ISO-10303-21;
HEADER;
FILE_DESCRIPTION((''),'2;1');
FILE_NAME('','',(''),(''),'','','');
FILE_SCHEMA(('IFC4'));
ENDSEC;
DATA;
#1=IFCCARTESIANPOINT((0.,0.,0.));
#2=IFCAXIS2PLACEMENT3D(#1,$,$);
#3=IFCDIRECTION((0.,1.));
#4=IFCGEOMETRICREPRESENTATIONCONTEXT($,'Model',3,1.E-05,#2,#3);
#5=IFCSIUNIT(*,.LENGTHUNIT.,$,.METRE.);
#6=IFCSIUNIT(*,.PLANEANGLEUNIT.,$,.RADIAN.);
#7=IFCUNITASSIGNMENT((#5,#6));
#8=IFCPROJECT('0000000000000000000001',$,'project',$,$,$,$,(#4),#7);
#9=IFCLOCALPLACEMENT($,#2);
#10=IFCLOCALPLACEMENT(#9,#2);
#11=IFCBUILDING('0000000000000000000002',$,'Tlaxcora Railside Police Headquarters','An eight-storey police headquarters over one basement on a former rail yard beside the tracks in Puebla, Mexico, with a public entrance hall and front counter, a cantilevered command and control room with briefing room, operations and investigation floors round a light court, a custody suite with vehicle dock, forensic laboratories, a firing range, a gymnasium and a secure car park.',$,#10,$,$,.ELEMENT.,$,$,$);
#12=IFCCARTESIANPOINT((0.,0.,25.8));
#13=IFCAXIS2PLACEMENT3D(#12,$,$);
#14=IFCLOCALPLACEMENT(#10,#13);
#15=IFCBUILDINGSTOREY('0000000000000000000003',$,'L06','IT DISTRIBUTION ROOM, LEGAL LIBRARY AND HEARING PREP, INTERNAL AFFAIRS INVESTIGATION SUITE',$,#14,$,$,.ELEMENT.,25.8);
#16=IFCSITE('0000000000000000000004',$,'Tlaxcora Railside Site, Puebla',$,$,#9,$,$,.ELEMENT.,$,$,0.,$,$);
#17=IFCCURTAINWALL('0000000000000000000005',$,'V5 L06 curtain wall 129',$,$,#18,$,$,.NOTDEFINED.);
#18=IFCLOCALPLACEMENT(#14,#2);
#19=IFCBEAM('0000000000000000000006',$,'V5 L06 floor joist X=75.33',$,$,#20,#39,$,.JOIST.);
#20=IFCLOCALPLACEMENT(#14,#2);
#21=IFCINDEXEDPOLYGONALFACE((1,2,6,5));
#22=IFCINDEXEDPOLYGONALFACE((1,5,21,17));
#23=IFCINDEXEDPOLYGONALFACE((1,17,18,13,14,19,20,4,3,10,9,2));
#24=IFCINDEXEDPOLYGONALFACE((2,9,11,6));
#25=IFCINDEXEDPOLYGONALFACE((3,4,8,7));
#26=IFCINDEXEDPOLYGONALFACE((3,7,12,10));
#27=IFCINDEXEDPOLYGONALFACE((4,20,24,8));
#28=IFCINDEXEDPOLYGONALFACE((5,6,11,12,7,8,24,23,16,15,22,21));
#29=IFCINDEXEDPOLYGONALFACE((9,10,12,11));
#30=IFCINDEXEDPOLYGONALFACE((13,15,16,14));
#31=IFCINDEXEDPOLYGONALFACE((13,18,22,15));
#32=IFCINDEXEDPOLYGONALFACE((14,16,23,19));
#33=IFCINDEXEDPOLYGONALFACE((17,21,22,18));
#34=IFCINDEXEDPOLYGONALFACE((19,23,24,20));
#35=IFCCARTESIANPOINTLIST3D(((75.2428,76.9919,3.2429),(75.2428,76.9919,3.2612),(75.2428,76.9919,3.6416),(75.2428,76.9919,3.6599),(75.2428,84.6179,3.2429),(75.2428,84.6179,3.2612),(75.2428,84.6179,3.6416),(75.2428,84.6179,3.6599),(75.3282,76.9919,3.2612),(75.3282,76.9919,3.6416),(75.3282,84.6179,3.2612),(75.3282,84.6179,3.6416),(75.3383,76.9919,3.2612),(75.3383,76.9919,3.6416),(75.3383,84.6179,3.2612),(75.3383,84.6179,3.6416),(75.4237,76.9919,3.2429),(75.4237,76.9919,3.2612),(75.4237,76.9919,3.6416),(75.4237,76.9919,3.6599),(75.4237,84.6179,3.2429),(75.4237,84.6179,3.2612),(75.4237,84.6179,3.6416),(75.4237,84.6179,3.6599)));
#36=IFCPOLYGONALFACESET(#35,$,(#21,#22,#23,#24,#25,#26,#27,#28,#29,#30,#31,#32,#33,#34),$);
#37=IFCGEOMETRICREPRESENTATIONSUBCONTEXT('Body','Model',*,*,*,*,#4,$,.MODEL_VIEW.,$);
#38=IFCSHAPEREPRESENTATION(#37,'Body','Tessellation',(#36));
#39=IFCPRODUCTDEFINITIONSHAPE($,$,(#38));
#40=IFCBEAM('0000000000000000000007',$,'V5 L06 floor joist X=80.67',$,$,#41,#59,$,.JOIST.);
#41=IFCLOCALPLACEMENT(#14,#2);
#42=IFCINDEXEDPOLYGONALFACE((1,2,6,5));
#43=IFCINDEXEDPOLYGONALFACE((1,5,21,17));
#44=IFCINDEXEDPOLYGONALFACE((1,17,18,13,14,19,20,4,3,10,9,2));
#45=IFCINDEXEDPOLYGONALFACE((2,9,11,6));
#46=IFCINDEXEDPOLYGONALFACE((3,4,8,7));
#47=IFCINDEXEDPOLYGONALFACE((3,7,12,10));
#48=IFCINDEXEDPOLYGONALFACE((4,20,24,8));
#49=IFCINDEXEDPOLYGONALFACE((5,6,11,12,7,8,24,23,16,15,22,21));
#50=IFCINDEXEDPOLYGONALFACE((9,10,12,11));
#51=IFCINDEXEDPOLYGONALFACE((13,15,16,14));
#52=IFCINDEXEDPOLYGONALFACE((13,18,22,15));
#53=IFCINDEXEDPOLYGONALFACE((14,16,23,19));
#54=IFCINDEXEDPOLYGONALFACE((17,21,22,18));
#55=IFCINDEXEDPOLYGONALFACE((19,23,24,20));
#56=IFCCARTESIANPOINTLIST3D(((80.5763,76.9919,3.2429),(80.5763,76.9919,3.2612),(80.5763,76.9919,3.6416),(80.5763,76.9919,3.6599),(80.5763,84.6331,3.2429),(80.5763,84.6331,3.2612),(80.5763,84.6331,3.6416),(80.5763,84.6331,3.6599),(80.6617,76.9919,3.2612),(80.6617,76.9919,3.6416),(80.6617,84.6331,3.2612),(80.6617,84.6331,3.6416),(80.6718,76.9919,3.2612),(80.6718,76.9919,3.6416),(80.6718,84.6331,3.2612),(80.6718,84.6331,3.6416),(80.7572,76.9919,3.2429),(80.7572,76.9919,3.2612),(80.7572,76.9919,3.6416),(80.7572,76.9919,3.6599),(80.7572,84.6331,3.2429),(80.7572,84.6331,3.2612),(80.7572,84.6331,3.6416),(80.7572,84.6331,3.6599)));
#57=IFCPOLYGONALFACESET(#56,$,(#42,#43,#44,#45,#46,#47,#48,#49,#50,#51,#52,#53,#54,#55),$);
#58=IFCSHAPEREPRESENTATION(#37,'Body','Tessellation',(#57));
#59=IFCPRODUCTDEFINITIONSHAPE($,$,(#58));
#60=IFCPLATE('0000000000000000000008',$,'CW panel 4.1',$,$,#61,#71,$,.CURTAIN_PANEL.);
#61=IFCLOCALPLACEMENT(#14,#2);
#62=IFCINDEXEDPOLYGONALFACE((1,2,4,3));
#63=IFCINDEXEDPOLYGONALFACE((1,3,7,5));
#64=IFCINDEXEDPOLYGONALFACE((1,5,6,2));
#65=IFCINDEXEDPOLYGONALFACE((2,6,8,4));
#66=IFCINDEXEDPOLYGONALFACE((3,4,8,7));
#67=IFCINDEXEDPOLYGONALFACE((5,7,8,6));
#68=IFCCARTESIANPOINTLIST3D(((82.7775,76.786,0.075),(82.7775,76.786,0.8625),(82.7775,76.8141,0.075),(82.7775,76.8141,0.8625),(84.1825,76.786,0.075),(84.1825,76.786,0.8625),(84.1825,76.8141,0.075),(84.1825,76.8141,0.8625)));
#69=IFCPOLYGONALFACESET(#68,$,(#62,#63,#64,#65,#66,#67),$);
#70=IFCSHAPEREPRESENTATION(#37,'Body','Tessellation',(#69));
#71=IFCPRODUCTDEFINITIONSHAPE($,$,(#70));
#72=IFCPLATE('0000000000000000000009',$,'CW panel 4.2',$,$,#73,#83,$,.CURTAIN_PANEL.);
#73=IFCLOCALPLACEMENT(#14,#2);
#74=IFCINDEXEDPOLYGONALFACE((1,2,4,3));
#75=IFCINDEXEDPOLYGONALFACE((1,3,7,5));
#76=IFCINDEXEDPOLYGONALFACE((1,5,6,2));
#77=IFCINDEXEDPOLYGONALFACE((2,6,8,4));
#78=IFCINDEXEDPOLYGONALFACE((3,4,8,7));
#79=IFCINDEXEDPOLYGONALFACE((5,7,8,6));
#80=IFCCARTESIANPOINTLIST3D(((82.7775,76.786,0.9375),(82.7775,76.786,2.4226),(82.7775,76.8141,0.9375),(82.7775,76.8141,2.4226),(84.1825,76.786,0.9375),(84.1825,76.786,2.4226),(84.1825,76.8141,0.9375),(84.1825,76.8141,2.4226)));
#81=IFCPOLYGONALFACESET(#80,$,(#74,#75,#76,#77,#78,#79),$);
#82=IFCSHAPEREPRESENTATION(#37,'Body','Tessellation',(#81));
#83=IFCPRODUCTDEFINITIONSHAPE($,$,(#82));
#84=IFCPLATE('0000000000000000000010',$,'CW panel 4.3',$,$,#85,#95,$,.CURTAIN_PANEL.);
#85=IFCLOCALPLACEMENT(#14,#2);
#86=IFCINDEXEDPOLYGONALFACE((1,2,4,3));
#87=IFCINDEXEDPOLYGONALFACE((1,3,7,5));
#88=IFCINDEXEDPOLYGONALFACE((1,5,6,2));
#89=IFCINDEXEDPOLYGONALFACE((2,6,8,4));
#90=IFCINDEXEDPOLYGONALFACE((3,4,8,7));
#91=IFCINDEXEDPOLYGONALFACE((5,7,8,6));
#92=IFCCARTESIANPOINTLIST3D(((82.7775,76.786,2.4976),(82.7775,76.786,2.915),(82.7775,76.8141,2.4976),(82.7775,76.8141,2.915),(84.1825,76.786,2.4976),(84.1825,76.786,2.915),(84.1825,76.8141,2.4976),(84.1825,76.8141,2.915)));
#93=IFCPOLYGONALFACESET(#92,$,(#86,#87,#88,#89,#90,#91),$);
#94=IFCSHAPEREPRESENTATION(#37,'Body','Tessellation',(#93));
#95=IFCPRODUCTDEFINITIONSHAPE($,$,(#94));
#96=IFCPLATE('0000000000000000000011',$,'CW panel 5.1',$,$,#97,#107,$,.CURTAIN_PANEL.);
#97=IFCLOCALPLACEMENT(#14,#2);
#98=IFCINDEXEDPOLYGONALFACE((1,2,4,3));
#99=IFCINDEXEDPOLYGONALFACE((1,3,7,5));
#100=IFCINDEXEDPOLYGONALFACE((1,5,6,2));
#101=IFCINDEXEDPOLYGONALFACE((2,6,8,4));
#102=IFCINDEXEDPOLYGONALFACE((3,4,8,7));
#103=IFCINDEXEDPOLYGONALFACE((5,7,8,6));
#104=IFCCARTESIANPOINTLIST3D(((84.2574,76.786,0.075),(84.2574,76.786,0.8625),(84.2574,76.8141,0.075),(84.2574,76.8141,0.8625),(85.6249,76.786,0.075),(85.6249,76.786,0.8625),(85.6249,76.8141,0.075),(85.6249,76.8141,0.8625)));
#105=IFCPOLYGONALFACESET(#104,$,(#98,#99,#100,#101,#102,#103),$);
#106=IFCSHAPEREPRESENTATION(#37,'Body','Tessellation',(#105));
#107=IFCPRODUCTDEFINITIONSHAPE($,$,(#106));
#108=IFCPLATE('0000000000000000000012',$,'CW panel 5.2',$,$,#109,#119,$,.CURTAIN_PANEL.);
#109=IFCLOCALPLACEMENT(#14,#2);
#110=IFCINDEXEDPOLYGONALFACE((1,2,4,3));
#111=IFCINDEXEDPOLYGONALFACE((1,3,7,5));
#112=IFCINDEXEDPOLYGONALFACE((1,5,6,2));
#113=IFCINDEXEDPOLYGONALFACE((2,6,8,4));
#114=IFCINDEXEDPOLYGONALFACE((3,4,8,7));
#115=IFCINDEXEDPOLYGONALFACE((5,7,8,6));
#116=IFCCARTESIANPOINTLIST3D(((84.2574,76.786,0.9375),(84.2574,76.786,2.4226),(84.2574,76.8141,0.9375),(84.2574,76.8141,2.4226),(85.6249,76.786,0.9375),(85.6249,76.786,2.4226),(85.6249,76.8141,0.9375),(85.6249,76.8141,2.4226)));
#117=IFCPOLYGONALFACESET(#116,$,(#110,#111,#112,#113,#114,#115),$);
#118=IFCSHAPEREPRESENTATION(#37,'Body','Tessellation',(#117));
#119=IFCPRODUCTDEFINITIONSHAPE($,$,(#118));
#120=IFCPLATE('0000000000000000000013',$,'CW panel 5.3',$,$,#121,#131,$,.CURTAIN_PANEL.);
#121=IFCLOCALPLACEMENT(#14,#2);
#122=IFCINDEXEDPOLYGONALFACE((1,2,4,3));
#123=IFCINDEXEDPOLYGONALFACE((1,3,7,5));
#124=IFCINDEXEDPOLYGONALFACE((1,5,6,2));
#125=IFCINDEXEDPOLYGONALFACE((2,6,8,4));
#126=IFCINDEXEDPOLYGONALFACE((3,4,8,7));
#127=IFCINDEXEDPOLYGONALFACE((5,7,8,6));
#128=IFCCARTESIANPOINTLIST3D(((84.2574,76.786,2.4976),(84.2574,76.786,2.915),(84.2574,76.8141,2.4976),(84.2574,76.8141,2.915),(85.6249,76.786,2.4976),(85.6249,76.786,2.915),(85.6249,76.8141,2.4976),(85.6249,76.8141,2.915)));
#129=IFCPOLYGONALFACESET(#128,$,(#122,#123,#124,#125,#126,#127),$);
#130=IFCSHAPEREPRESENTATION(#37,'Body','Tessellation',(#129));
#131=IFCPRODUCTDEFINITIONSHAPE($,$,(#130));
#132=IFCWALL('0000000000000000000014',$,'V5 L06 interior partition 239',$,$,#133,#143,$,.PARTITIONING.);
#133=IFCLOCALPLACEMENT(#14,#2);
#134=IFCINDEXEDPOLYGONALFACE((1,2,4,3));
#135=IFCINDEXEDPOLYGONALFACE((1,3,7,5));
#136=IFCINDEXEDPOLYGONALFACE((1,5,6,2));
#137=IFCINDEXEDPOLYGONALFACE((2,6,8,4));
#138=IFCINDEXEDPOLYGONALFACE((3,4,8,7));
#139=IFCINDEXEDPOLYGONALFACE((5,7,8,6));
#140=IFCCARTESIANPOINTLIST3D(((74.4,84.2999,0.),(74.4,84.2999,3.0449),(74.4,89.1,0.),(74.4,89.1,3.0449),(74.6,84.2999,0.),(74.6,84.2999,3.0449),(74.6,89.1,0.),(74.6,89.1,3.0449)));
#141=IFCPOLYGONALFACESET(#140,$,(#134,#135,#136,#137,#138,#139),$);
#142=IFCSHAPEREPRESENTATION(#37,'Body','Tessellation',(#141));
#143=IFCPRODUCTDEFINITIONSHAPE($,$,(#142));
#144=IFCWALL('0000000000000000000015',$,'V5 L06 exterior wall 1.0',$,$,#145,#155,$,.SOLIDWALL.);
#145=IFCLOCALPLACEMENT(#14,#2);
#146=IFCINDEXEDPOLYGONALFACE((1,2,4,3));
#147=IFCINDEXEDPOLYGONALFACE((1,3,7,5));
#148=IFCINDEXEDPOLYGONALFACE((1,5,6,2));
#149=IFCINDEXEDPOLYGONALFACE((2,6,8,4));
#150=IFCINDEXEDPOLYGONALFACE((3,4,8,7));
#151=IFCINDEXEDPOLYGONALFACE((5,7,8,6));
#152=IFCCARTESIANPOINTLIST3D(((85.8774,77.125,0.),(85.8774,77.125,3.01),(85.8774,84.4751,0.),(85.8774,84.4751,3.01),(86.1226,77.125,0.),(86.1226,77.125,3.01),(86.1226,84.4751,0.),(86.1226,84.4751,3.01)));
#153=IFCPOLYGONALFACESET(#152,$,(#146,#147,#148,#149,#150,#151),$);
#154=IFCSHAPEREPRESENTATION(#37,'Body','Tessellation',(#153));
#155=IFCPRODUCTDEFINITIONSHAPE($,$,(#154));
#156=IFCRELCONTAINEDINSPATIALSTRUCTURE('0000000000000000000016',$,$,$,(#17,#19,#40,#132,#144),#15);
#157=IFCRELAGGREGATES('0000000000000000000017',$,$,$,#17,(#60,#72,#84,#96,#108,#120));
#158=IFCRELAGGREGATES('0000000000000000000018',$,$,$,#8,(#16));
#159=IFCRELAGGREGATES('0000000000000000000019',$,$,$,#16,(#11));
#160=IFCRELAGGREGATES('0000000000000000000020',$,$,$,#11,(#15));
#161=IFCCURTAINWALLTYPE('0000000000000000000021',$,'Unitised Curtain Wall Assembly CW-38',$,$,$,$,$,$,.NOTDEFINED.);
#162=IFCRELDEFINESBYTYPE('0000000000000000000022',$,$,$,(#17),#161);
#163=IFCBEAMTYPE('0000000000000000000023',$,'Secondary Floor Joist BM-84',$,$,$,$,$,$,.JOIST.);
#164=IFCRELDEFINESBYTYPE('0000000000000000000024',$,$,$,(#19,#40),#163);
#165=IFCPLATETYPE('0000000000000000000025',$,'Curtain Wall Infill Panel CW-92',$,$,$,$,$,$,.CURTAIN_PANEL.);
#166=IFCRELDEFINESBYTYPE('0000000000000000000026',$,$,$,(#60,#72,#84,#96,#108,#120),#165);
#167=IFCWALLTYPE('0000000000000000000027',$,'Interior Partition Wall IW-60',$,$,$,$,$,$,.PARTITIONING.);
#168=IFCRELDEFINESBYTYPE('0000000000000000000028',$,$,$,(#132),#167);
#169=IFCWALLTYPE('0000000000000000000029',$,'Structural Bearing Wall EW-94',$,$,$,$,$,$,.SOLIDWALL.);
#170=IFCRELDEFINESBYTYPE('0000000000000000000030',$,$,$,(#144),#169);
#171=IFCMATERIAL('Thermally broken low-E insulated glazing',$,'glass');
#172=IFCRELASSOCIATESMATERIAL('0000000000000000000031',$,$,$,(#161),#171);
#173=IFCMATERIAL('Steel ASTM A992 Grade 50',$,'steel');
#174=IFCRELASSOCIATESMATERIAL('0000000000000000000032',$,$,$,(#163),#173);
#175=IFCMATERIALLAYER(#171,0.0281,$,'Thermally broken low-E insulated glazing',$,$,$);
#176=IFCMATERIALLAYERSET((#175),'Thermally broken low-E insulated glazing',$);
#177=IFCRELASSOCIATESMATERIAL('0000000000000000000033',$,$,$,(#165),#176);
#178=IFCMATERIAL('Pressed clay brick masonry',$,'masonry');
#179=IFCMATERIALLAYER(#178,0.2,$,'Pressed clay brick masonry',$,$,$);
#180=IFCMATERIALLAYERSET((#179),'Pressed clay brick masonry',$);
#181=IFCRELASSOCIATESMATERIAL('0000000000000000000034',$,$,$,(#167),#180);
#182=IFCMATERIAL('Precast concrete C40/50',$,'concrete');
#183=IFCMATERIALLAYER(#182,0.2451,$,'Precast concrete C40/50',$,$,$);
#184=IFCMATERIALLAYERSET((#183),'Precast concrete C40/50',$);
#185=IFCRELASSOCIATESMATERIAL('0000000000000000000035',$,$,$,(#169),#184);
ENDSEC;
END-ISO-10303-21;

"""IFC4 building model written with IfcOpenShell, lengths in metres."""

from ifc_helpers import new_model, si_unit, direction, frame, frame_2d, origin, origin_2d, place, context, subcontext, project, spatial, rectangle, i_section, extrude, material, layer, layer_set, material_profile, profile_set, type_object, element, aggregate, save


model = new_model("IFC4")

# Units and contexts
model_context = context("Model", 3, precision=1e-05, world=origin(), true_north=direction((0.0, 1.0)))
body_context = subcontext(model_context, "Body", "Model", "MODEL_VIEW")
ifc_project = project(units=[si_unit("LENGTHUNIT", "METRE"), si_unit("PLANEANGLEUNIT", "RADIAN")], contexts=[model_context])

# Site, building, storey
site_placement = place(None, origin())
site = spatial("IfcSite", under=ifc_project, at=site_placement, Name="Tlaxcora Railside Site, Puebla", CompositionType="ELEMENT", RefElevation=0.0)
building_placement = place(site_placement, origin())
building = spatial("IfcBuilding", under=site, at=building_placement, Name="Tlaxcora Railside Police Headquarters", Description="An eight-storey police headquarters over one basement on a former rail yard beside the tracks in Puebla, Mexico, with a public entrance hall and front counter, a cantilevered command and control room with briefing room, operations and investigation floors round a light court, a custody suite with vehicle dock, forensic laboratories, a firing range, a gymnasium and a secure car park.", CompositionType="ELEMENT")
storey_placement = place(building_placement, frame((0.0, 0.0, 25.8)))
storey = spatial("IfcBuildingStorey", under=building, at=storey_placement, Name="L06", Description="IT DISTRIBUTION ROOM, LEGAL LIBRARY AND HEARING PREP, INTERNAL AFFAIRS INVESTIGATION SUITE", CompositionType="ELEMENT", Elevation=25.8)

# Curtain wall
ifc_material_1 = material(Name="Thermally broken low-E insulated glazing", Category="glass")
curtain_wall_type = type_object("IfcCurtainWallType", Name="Unitised Curtain Wall Assembly CW-38", PredefinedType="NOTDEFINED", material=ifc_material_1)
curtain_wall_placement = place(storey_placement, origin())
curtain_wall = element("IfcCurtainWall", 1, at=curtain_wall_placement, inside=storey, type_object=curtain_wall_type, Name="V5 L06 curtain wall 129", PredefinedType="NOTDEFINED")

# Beams
ifc_material_2 = material(Name="Steel ASTM A992 Grade 50", Category="steel")
ifc_material_profile_1 = material_profile(ifc_material_2, i_section(OverallWidth=0.1809, OverallDepth=0.417, WebThickness=0.01, FlangeThickness=0.0183, at=origin_2d()), Name="W16X57")
ifc_profile_set_1 = profile_set([ifc_material_profile_1], Name="Steel ASTM A992 Grade 50")
beam_type_1 = type_object("IfcBeamType", Name="Secondary Floor Joist BM-84", PredefinedType="JOIST", material=ifc_profile_set_1)
beam_1_placement = place(storey_placement, frame((75.3333, 76.9919, 3.4514), z_axis=(0.0, 1.0, 0.0), x_axis=(-1.0, 0.0, 0.0)))
element("IfcBeam", 2, at=beam_1_placement, inside=storey, type_object=beam_type_1, Name="V5 L06 floor joist X=75.33", PredefinedType="JOIST", context=body_context, shape_type="SweptSolid", body=[
    extrude(i_section(OverallWidth=0.1809, OverallDepth=0.417, WebThickness=0.01, FlangeThickness=0.0183, at=origin_2d()), origin(), (0.0, 0.0, 1.0), 7.626),
])
beam_2_placement = place(storey_placement, frame((80.6667, 76.9919, 3.4514), z_axis=(0.0, 1.0, 0.0), x_axis=(-1.0, 0.0, 0.0)))
element("IfcBeam", 3, at=beam_2_placement, inside=storey, type_object=beam_type_1, Name="V5 L06 floor joist X=80.67", PredefinedType="JOIST", context=body_context, shape_type="SweptSolid", body=[
    extrude(i_section(OverallWidth=0.1809, OverallDepth=0.417, WebThickness=0.01, FlangeThickness=0.0183, at=origin_2d()), origin(), (0.0, 0.0, 1.0), 7.6411),
])

# Plates
ifc_layer_1 = layer(ifc_material_1, 0.0281, Name="Thermally broken low-E insulated glazing")
ifc_layer_set_1 = layer_set([ifc_layer_1], Name="Thermally broken low-E insulated glazing")
plate_type = type_object("IfcPlateType", Name="Curtain Wall Infill Panel CW-92", PredefinedType="CURTAIN_PANEL", material=ifc_layer_set_1)
plate_1_placement = place(storey_placement, frame((83.48, 76.8, 0.075), z_axis=(0.0, 0.0, 1.0), x_axis=(1.0, 0.0, 0.0)))
plate_1 = element("IfcPlate", 4, at=plate_1_placement, type_object=plate_type, Name="CW panel 4.1", PredefinedType="CURTAIN_PANEL", context=body_context, shape_type="SweptSolid", body=[
    extrude(rectangle(XDim=1.405, YDim=0.0281, at=origin_2d()), origin(), (0.0, 0.0, 1.0), 0.7876),
])
plate_2_placement = place(storey_placement, frame((83.48, 76.8, 0.9375), z_axis=(0.0, 0.0, 1.0), x_axis=(1.0, 0.0, 0.0)))
plate_2 = element("IfcPlate", 5, at=plate_2_placement, type_object=plate_type, Name="CW panel 4.2", PredefinedType="CURTAIN_PANEL", context=body_context, shape_type="SweptSolid", body=[
    extrude(rectangle(XDim=1.405, YDim=0.0281, at=origin_2d()), origin(), (0.0, 0.0, 1.0), 1.4851),
])
plate_3_placement = place(storey_placement, frame((83.48, 76.8, 2.4976), z_axis=(0.0, 0.0, 1.0), x_axis=(1.0, 0.0, 0.0)))
plate_3 = element("IfcPlate", 6, at=plate_3_placement, type_object=plate_type, Name="CW panel 4.3", PredefinedType="CURTAIN_PANEL", context=body_context, shape_type="SweptSolid", body=[
    extrude(rectangle(XDim=1.405, YDim=0.0281, at=origin_2d()), origin(), (0.0, 0.0, 1.0), 0.4175),
])
plate_4_placement = place(storey_placement, frame((84.9412, 76.8, 0.075), z_axis=(0.0, 0.0, 1.0), x_axis=(1.0, 0.0, 0.0)))
plate_4 = element("IfcPlate", 7, at=plate_4_placement, type_object=plate_type, Name="CW panel 5.1", PredefinedType="CURTAIN_PANEL", context=body_context, shape_type="SweptSolid", body=[
    extrude(rectangle(XDim=1.3674, YDim=0.0281, at=origin_2d()), origin(), (0.0, 0.0, 1.0), 0.7876),
])
plate_5_placement = place(storey_placement, frame((84.9412, 76.8, 0.9375), z_axis=(0.0, 0.0, 1.0), x_axis=(1.0, 0.0, 0.0)))
plate_5 = element("IfcPlate", 8, at=plate_5_placement, type_object=plate_type, Name="CW panel 5.2", PredefinedType="CURTAIN_PANEL", context=body_context, shape_type="SweptSolid", body=[
    extrude(rectangle(XDim=1.3674, YDim=0.0281, at=origin_2d()), origin(), (0.0, 0.0, 1.0), 1.4851),
])
plate_6_placement = place(storey_placement, frame((84.9412, 76.8, 2.4976), z_axis=(0.0, 0.0, 1.0), x_axis=(1.0, 0.0, 0.0)))
plate_6 = element("IfcPlate", 9, at=plate_6_placement, type_object=plate_type, Name="CW panel 5.3", PredefinedType="CURTAIN_PANEL", context=body_context, shape_type="SweptSolid", body=[
    extrude(rectangle(XDim=1.3674, YDim=0.0281, at=origin_2d()), origin(), (0.0, 0.0, 1.0), 0.4175),
])
aggregate(curtain_wall, [plate_1, plate_2, plate_3, plate_4, plate_5, plate_6])

# Shared definitions
ifc_material_3 = material(Name="Pressed clay brick masonry", Category="masonry")
ifc_layer_2 = layer(ifc_material_3, 0.2, Name="Pressed clay brick masonry")
ifc_layer_set_2 = layer_set([ifc_layer_2], Name="Pressed clay brick masonry")
wall_type_1 = type_object("IfcWallType", Name="Interior Partition Wall IW-60", PredefinedType="PARTITIONING", material=ifc_layer_set_2)

# Walls
wall_1_placement = place(storey_placement, frame((74.5, 84.3, 0.0), z_axis=(0.0, 0.0, 1.0), x_axis=(0.0, 1.0, 0.0)))
element("IfcWall", 10, at=wall_1_placement, inside=storey, type_object=wall_type_1, Name="V5 L06 interior partition 239", PredefinedType="PARTITIONING", context=body_context, shape_type="SweptSolid", body=[
    extrude(rectangle(XDim=4.8, YDim=0.2, at=frame_2d((2.3999, 0.0))), origin(), (0.0, 0.0, 1.0), 3.0449),
])
ifc_material_4 = material(Name="Precast concrete C40/50", Category="concrete")
ifc_layer_3 = layer(ifc_material_4, 0.2451, Name="Precast concrete C40/50")
ifc_layer_set_3 = layer_set([ifc_layer_3], Name="Precast concrete C40/50")
wall_type_2 = type_object("IfcWallType", Name="Structural Bearing Wall EW-94", PredefinedType="SOLIDWALL", material=ifc_layer_set_3)
wall_2_placement = place(storey_placement, frame((86.0, 77.125, 0.0), z_axis=(0.0, 0.0, 1.0), x_axis=(0.0, 1.0, 0.0)))
element("IfcWall", 11, at=wall_2_placement, inside=storey, type_object=wall_type_2, Name="V5 L06 exterior wall 1.0", PredefinedType="SOLIDWALL", context=body_context, shape_type="SweptSolid", body=[
    extrude(rectangle(XDim=7.3501, YDim=0.2451, at=frame_2d((3.675, 0.0))), origin(), (0.0, 0.0, 1.0), 3.01),
])

save(model, "model.ifc")
